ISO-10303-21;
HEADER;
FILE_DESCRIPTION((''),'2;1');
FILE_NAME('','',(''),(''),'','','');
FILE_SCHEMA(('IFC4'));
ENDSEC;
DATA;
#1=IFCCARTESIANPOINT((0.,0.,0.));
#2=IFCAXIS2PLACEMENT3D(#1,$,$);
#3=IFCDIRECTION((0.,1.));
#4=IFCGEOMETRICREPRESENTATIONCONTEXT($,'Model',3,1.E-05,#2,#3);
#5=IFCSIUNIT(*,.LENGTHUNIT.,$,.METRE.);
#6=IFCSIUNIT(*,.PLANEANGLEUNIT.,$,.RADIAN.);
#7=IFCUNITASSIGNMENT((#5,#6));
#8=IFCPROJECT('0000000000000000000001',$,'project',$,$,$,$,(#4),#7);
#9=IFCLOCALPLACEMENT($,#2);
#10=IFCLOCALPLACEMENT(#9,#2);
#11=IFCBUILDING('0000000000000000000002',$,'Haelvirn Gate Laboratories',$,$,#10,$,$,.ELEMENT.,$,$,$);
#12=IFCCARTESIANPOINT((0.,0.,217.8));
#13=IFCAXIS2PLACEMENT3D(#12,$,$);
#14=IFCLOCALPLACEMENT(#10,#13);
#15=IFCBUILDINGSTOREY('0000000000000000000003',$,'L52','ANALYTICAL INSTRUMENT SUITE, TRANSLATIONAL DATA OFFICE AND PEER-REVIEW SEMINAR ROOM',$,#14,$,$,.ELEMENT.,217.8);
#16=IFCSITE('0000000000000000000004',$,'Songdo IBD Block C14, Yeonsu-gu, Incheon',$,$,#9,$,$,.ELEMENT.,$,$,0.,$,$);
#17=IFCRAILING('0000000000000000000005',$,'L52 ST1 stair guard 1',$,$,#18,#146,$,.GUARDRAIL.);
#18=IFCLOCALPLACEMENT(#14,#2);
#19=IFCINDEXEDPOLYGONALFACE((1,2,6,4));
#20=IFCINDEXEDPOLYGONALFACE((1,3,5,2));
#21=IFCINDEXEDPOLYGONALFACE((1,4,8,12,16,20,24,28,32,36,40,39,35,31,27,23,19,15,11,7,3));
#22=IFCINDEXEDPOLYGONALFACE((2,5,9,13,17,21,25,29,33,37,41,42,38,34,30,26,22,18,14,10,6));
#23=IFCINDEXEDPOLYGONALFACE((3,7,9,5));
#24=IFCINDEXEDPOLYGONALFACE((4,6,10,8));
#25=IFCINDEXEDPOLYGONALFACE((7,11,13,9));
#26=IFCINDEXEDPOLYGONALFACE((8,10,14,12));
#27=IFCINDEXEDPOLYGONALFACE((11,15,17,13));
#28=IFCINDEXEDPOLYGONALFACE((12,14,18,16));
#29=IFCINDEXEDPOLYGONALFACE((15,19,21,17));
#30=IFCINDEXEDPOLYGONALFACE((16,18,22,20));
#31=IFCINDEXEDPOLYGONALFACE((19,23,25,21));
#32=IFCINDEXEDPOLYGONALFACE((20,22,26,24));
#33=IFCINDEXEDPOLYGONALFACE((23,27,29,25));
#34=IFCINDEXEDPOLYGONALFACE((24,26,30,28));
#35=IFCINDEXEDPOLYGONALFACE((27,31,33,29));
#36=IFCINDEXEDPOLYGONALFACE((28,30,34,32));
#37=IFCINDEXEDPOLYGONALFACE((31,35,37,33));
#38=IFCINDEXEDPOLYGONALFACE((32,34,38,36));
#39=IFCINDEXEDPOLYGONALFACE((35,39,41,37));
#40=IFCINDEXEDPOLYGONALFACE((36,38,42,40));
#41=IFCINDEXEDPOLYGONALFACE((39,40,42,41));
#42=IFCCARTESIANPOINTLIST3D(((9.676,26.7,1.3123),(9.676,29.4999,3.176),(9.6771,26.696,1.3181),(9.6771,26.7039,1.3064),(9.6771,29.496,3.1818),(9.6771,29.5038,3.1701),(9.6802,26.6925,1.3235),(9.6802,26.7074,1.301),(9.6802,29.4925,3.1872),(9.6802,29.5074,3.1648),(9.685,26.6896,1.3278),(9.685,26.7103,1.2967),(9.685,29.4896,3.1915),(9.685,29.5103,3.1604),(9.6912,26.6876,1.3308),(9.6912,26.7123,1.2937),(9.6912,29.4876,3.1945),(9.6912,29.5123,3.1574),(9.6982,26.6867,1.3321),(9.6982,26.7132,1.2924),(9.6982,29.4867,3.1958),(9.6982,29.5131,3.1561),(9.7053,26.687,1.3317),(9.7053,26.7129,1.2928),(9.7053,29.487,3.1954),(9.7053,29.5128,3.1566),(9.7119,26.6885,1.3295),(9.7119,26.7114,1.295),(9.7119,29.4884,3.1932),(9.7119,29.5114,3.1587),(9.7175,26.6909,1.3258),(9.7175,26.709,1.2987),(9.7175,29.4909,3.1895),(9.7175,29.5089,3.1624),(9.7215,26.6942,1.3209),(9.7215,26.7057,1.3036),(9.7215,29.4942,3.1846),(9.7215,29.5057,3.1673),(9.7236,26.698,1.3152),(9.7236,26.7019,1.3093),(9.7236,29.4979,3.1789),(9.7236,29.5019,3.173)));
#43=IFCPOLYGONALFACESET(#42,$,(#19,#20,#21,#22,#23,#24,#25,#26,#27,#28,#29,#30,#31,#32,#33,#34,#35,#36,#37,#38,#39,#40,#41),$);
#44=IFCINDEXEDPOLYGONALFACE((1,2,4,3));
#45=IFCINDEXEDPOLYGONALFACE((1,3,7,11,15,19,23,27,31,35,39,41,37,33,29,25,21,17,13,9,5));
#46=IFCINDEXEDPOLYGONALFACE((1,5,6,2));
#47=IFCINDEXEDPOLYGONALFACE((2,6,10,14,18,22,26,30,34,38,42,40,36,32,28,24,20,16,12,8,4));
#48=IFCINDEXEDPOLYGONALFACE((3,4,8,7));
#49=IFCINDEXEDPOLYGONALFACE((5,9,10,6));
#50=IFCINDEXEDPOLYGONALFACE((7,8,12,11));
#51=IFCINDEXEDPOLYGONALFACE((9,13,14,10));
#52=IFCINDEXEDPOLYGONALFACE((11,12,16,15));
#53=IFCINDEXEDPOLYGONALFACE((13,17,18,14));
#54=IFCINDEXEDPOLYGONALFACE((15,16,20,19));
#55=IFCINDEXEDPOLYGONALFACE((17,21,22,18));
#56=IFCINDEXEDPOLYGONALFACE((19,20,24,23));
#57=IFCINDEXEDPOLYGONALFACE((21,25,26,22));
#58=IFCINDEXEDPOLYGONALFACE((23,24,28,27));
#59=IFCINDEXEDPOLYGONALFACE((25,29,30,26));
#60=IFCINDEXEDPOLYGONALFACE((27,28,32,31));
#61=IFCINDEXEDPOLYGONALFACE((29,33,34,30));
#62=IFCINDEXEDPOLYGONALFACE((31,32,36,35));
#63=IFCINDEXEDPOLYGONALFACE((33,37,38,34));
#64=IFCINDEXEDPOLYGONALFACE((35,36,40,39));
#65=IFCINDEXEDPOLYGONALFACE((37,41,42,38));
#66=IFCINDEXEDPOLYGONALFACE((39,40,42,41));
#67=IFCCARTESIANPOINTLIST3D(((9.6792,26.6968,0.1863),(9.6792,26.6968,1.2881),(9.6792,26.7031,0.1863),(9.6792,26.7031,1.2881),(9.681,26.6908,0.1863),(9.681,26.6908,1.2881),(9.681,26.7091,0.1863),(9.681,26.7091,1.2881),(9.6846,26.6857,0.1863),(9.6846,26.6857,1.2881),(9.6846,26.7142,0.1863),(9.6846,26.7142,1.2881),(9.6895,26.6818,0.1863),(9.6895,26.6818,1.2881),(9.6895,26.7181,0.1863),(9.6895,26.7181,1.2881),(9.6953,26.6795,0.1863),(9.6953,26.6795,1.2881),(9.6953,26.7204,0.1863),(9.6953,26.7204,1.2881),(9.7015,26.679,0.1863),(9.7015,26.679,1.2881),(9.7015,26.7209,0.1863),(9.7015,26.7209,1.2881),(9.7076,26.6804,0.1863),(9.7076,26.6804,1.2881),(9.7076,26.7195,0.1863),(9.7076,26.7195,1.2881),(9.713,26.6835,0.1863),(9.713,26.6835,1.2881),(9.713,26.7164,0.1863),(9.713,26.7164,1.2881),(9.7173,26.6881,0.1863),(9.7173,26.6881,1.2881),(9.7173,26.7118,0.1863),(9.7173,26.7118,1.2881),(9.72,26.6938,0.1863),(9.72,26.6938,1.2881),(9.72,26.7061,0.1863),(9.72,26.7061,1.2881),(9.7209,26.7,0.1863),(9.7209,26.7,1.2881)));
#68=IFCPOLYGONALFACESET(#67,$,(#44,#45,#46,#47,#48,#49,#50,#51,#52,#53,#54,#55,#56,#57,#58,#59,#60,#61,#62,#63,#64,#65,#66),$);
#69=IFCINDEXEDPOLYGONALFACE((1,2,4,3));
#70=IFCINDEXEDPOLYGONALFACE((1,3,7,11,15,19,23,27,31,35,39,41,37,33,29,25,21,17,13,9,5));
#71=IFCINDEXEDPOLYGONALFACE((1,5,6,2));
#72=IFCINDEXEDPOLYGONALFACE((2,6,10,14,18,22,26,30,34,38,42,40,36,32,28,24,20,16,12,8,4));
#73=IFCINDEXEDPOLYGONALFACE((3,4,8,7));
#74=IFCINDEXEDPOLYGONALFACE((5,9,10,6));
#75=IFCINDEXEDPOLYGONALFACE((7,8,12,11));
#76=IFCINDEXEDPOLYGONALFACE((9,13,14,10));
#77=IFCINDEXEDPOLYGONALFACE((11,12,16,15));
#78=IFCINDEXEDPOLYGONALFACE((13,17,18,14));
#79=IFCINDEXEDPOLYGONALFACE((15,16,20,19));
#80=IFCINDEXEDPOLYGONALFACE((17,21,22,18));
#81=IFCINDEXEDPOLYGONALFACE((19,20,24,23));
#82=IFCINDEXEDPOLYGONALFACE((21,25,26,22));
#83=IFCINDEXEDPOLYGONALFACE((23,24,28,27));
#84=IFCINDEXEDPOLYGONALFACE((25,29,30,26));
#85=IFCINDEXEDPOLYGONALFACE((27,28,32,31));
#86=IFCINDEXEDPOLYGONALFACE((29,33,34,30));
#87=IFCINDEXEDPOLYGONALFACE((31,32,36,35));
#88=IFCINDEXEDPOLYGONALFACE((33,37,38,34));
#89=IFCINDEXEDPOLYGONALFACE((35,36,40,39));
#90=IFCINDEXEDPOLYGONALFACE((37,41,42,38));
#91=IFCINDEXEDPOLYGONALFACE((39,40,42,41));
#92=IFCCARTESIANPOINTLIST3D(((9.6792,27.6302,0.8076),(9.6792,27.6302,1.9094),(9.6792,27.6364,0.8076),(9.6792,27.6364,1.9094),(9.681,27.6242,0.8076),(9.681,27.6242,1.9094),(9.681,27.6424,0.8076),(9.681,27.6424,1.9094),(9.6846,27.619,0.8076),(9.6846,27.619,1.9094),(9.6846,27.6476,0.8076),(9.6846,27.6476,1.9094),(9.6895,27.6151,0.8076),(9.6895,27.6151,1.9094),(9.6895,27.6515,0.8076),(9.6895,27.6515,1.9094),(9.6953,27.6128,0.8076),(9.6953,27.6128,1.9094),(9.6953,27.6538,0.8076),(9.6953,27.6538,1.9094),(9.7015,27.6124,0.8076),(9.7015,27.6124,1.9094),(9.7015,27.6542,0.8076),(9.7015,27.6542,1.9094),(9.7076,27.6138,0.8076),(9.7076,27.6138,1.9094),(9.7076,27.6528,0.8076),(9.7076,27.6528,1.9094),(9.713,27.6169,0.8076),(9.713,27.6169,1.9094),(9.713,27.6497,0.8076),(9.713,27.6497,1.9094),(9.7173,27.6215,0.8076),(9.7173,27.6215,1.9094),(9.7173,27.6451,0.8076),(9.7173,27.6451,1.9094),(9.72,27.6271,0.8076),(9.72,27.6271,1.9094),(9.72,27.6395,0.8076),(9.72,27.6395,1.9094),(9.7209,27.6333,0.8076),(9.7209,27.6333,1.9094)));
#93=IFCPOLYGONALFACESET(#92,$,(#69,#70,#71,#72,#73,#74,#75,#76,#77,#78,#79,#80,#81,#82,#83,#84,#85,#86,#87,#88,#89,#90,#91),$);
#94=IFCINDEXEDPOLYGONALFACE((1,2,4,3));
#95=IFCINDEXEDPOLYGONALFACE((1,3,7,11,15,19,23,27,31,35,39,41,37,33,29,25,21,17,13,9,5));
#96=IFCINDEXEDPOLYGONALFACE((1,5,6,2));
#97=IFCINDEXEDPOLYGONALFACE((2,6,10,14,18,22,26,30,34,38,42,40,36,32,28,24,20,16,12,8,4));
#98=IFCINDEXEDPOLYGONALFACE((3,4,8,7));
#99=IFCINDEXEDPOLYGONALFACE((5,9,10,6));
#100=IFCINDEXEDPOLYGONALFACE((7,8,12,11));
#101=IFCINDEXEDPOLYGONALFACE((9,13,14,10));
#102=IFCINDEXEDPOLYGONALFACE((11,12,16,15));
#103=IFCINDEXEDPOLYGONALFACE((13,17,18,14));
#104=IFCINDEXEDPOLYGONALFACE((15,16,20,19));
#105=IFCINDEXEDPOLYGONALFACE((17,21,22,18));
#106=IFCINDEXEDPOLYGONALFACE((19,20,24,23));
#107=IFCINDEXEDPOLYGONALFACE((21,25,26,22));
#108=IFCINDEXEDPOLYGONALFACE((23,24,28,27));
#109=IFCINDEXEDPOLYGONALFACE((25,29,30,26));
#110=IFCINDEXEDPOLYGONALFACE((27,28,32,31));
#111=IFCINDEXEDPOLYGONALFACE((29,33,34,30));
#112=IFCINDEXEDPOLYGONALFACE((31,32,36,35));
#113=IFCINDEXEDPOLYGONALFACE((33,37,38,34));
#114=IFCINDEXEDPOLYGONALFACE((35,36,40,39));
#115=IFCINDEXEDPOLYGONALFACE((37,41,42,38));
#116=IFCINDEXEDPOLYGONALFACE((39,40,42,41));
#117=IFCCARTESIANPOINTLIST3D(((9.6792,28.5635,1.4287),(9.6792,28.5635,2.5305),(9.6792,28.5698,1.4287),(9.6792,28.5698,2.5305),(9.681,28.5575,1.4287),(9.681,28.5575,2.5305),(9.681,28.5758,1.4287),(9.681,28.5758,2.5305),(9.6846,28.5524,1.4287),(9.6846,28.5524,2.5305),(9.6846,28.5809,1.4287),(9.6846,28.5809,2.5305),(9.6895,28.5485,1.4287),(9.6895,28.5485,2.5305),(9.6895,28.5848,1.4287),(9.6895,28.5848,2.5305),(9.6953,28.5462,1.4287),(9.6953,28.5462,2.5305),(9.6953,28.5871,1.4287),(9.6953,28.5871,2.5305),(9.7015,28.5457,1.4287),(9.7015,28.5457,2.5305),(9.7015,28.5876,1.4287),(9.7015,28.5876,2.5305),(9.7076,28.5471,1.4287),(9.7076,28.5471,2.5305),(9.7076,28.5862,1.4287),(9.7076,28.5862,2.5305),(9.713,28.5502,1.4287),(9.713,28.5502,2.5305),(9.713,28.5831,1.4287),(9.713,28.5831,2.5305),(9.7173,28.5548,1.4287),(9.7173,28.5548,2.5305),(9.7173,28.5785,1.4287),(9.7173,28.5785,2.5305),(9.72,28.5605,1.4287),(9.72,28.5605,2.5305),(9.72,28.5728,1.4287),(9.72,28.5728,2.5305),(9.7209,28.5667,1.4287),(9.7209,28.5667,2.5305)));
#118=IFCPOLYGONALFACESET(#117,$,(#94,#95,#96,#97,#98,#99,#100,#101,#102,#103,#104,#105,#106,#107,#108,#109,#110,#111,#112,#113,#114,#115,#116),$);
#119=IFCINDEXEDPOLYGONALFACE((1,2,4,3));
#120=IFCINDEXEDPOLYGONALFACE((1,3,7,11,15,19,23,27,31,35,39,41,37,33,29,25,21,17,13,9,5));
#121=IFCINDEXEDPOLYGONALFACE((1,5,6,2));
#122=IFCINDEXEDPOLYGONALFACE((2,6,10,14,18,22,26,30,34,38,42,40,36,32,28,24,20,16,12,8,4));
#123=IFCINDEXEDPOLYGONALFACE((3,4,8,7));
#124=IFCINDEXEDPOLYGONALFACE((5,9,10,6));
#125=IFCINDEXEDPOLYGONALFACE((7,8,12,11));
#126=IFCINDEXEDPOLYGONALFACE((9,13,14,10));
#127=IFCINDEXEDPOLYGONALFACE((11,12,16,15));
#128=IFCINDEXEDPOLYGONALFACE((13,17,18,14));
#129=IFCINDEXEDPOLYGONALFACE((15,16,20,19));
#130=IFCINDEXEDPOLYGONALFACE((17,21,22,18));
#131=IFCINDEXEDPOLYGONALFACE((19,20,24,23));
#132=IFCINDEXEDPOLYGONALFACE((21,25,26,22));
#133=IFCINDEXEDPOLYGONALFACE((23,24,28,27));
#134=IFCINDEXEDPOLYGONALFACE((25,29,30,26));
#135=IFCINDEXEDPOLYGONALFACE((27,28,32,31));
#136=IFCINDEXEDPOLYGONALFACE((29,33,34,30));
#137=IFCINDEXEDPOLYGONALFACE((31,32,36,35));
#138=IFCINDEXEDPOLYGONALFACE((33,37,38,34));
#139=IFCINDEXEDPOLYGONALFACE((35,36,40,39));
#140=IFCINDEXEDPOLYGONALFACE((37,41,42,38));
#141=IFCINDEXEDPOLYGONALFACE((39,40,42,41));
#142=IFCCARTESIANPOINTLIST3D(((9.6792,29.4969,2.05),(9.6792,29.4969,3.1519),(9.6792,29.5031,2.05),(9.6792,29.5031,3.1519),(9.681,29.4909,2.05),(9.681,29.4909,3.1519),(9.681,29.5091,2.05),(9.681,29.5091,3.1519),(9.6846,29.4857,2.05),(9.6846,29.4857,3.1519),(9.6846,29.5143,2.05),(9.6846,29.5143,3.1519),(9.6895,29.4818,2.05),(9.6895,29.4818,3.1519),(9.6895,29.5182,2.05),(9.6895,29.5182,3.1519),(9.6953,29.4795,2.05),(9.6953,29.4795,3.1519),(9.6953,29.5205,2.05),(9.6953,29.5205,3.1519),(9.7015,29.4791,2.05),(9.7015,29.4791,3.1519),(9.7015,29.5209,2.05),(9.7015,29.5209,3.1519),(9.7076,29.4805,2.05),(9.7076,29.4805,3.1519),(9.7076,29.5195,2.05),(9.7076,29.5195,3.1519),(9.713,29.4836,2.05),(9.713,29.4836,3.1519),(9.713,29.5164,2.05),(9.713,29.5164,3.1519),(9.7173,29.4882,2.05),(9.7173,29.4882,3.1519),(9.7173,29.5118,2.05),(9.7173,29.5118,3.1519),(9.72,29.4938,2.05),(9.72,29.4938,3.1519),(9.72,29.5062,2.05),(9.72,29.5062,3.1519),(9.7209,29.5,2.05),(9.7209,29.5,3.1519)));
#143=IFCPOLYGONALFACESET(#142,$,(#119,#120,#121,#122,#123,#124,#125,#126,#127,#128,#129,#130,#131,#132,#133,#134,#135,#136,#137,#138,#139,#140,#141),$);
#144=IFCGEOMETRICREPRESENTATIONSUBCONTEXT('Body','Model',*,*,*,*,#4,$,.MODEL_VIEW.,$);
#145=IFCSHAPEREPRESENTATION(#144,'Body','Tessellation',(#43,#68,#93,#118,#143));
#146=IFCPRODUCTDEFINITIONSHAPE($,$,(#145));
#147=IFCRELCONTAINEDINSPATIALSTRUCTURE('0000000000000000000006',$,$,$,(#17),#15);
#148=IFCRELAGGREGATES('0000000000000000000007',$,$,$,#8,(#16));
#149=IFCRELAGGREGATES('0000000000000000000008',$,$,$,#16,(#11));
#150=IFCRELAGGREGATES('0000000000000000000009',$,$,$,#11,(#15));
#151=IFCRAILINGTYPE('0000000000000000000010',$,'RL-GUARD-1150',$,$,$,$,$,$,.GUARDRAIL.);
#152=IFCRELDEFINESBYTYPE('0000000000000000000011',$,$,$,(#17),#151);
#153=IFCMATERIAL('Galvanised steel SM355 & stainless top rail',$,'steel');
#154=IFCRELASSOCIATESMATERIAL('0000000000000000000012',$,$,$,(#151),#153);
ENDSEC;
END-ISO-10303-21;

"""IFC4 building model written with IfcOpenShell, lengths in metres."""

from ifc_helpers import new_model, si_unit, direction, frame, origin, origin_2d, place, context, subcontext, project, spatial, circle, extrude, source, transform, mapped, material, type_object, element, save


model = new_model("IFC4")

# Units and contexts
model_context = context("Model", 3, precision=1e-05, world=origin(), true_north=direction((0.0, 1.0)))
body_context = subcontext(model_context, "Body", "Model", "MODEL_VIEW")
ifc_project = project(units=[si_unit("LENGTHUNIT", "METRE"), si_unit("PLANEANGLEUNIT", "RADIAN")], contexts=[model_context])

# Site, building, storey
site_placement = place(None, origin())
site = spatial("IfcSite", under=ifc_project, at=site_placement, Name="Songdo IBD Block C14, Yeonsu-gu, Incheon", CompositionType="ELEMENT", RefElevation=0.0)
building_placement = place(site_placement, origin())
building = spatial("IfcBuilding", under=site, at=building_placement, Name="Haelvirn Gate Laboratories", CompositionType="ELEMENT")
storey_placement = place(building_placement, frame((0.0, 0.0, 217.8)))
storey = spatial("IfcBuildingStorey", under=building, at=storey_placement, Name="L52", Description="ANALYTICAL INSTRUMENT SUITE, TRANSLATIONAL DATA OFFICE AND PEER-REVIEW SEMINAR ROOM", CompositionType="ELEMENT", Elevation=217.8)

# Railing
ifc_material_1 = material(Name="Galvanised steel SM355 & stainless top rail", Category="steel")
railing_type_1 = type_object("IfcRailingType", Name="RL-GUARD-1150", PredefinedType="GUARDRAIL", material=ifc_material_1)
shared_shape_1 = source(origin(), body_context, "Body", "SweptSolid", [
    extrude(circle(Radius=0.0239, at=origin_2d()), frame((0.0, 0.0, 1.126), z_axis=(0.0, 0.832452, 0.554097), x_axis=(-1.0, 0.0, 0.0)), (0.0, 0.0, 1.0), 3.3635),
    extrude(circle(Radius=0.021, at=origin_2d()), origin(), (0.0, 0.0, 1.0), 1.1018),
    extrude(circle(Radius=0.021, at=origin_2d()), frame((0.0, 0.9333, 0.6213)), (0.0, 0.0, 1.0), 1.1018),
    extrude(circle(Radius=0.021, at=origin_2d()), frame((0.0, 1.8667, 1.2424)), (0.0, 0.0, 1.0), 1.1018),
    extrude(circle(Radius=0.021, at=origin_2d()), frame((0.0, 2.8, 1.8638)), (0.0, 0.0, 1.0), 1.1018),
])
railing_1_placement = place(storey_placement, frame((9.7, 26.7, 0.1863)))
element("IfcRailing", 1, at=railing_1_placement, inside=storey, type_object=railing_type_1, Name="L52 ST1 stair guard 1", PredefinedType="GUARDRAIL", context=body_context, shape_type="MappedRepresentation", body=[
    mapped(shared_shape_1, transform((0.0, 0.0, 0.0), scale=1.0)),
])

save(model, "model.ifc")
